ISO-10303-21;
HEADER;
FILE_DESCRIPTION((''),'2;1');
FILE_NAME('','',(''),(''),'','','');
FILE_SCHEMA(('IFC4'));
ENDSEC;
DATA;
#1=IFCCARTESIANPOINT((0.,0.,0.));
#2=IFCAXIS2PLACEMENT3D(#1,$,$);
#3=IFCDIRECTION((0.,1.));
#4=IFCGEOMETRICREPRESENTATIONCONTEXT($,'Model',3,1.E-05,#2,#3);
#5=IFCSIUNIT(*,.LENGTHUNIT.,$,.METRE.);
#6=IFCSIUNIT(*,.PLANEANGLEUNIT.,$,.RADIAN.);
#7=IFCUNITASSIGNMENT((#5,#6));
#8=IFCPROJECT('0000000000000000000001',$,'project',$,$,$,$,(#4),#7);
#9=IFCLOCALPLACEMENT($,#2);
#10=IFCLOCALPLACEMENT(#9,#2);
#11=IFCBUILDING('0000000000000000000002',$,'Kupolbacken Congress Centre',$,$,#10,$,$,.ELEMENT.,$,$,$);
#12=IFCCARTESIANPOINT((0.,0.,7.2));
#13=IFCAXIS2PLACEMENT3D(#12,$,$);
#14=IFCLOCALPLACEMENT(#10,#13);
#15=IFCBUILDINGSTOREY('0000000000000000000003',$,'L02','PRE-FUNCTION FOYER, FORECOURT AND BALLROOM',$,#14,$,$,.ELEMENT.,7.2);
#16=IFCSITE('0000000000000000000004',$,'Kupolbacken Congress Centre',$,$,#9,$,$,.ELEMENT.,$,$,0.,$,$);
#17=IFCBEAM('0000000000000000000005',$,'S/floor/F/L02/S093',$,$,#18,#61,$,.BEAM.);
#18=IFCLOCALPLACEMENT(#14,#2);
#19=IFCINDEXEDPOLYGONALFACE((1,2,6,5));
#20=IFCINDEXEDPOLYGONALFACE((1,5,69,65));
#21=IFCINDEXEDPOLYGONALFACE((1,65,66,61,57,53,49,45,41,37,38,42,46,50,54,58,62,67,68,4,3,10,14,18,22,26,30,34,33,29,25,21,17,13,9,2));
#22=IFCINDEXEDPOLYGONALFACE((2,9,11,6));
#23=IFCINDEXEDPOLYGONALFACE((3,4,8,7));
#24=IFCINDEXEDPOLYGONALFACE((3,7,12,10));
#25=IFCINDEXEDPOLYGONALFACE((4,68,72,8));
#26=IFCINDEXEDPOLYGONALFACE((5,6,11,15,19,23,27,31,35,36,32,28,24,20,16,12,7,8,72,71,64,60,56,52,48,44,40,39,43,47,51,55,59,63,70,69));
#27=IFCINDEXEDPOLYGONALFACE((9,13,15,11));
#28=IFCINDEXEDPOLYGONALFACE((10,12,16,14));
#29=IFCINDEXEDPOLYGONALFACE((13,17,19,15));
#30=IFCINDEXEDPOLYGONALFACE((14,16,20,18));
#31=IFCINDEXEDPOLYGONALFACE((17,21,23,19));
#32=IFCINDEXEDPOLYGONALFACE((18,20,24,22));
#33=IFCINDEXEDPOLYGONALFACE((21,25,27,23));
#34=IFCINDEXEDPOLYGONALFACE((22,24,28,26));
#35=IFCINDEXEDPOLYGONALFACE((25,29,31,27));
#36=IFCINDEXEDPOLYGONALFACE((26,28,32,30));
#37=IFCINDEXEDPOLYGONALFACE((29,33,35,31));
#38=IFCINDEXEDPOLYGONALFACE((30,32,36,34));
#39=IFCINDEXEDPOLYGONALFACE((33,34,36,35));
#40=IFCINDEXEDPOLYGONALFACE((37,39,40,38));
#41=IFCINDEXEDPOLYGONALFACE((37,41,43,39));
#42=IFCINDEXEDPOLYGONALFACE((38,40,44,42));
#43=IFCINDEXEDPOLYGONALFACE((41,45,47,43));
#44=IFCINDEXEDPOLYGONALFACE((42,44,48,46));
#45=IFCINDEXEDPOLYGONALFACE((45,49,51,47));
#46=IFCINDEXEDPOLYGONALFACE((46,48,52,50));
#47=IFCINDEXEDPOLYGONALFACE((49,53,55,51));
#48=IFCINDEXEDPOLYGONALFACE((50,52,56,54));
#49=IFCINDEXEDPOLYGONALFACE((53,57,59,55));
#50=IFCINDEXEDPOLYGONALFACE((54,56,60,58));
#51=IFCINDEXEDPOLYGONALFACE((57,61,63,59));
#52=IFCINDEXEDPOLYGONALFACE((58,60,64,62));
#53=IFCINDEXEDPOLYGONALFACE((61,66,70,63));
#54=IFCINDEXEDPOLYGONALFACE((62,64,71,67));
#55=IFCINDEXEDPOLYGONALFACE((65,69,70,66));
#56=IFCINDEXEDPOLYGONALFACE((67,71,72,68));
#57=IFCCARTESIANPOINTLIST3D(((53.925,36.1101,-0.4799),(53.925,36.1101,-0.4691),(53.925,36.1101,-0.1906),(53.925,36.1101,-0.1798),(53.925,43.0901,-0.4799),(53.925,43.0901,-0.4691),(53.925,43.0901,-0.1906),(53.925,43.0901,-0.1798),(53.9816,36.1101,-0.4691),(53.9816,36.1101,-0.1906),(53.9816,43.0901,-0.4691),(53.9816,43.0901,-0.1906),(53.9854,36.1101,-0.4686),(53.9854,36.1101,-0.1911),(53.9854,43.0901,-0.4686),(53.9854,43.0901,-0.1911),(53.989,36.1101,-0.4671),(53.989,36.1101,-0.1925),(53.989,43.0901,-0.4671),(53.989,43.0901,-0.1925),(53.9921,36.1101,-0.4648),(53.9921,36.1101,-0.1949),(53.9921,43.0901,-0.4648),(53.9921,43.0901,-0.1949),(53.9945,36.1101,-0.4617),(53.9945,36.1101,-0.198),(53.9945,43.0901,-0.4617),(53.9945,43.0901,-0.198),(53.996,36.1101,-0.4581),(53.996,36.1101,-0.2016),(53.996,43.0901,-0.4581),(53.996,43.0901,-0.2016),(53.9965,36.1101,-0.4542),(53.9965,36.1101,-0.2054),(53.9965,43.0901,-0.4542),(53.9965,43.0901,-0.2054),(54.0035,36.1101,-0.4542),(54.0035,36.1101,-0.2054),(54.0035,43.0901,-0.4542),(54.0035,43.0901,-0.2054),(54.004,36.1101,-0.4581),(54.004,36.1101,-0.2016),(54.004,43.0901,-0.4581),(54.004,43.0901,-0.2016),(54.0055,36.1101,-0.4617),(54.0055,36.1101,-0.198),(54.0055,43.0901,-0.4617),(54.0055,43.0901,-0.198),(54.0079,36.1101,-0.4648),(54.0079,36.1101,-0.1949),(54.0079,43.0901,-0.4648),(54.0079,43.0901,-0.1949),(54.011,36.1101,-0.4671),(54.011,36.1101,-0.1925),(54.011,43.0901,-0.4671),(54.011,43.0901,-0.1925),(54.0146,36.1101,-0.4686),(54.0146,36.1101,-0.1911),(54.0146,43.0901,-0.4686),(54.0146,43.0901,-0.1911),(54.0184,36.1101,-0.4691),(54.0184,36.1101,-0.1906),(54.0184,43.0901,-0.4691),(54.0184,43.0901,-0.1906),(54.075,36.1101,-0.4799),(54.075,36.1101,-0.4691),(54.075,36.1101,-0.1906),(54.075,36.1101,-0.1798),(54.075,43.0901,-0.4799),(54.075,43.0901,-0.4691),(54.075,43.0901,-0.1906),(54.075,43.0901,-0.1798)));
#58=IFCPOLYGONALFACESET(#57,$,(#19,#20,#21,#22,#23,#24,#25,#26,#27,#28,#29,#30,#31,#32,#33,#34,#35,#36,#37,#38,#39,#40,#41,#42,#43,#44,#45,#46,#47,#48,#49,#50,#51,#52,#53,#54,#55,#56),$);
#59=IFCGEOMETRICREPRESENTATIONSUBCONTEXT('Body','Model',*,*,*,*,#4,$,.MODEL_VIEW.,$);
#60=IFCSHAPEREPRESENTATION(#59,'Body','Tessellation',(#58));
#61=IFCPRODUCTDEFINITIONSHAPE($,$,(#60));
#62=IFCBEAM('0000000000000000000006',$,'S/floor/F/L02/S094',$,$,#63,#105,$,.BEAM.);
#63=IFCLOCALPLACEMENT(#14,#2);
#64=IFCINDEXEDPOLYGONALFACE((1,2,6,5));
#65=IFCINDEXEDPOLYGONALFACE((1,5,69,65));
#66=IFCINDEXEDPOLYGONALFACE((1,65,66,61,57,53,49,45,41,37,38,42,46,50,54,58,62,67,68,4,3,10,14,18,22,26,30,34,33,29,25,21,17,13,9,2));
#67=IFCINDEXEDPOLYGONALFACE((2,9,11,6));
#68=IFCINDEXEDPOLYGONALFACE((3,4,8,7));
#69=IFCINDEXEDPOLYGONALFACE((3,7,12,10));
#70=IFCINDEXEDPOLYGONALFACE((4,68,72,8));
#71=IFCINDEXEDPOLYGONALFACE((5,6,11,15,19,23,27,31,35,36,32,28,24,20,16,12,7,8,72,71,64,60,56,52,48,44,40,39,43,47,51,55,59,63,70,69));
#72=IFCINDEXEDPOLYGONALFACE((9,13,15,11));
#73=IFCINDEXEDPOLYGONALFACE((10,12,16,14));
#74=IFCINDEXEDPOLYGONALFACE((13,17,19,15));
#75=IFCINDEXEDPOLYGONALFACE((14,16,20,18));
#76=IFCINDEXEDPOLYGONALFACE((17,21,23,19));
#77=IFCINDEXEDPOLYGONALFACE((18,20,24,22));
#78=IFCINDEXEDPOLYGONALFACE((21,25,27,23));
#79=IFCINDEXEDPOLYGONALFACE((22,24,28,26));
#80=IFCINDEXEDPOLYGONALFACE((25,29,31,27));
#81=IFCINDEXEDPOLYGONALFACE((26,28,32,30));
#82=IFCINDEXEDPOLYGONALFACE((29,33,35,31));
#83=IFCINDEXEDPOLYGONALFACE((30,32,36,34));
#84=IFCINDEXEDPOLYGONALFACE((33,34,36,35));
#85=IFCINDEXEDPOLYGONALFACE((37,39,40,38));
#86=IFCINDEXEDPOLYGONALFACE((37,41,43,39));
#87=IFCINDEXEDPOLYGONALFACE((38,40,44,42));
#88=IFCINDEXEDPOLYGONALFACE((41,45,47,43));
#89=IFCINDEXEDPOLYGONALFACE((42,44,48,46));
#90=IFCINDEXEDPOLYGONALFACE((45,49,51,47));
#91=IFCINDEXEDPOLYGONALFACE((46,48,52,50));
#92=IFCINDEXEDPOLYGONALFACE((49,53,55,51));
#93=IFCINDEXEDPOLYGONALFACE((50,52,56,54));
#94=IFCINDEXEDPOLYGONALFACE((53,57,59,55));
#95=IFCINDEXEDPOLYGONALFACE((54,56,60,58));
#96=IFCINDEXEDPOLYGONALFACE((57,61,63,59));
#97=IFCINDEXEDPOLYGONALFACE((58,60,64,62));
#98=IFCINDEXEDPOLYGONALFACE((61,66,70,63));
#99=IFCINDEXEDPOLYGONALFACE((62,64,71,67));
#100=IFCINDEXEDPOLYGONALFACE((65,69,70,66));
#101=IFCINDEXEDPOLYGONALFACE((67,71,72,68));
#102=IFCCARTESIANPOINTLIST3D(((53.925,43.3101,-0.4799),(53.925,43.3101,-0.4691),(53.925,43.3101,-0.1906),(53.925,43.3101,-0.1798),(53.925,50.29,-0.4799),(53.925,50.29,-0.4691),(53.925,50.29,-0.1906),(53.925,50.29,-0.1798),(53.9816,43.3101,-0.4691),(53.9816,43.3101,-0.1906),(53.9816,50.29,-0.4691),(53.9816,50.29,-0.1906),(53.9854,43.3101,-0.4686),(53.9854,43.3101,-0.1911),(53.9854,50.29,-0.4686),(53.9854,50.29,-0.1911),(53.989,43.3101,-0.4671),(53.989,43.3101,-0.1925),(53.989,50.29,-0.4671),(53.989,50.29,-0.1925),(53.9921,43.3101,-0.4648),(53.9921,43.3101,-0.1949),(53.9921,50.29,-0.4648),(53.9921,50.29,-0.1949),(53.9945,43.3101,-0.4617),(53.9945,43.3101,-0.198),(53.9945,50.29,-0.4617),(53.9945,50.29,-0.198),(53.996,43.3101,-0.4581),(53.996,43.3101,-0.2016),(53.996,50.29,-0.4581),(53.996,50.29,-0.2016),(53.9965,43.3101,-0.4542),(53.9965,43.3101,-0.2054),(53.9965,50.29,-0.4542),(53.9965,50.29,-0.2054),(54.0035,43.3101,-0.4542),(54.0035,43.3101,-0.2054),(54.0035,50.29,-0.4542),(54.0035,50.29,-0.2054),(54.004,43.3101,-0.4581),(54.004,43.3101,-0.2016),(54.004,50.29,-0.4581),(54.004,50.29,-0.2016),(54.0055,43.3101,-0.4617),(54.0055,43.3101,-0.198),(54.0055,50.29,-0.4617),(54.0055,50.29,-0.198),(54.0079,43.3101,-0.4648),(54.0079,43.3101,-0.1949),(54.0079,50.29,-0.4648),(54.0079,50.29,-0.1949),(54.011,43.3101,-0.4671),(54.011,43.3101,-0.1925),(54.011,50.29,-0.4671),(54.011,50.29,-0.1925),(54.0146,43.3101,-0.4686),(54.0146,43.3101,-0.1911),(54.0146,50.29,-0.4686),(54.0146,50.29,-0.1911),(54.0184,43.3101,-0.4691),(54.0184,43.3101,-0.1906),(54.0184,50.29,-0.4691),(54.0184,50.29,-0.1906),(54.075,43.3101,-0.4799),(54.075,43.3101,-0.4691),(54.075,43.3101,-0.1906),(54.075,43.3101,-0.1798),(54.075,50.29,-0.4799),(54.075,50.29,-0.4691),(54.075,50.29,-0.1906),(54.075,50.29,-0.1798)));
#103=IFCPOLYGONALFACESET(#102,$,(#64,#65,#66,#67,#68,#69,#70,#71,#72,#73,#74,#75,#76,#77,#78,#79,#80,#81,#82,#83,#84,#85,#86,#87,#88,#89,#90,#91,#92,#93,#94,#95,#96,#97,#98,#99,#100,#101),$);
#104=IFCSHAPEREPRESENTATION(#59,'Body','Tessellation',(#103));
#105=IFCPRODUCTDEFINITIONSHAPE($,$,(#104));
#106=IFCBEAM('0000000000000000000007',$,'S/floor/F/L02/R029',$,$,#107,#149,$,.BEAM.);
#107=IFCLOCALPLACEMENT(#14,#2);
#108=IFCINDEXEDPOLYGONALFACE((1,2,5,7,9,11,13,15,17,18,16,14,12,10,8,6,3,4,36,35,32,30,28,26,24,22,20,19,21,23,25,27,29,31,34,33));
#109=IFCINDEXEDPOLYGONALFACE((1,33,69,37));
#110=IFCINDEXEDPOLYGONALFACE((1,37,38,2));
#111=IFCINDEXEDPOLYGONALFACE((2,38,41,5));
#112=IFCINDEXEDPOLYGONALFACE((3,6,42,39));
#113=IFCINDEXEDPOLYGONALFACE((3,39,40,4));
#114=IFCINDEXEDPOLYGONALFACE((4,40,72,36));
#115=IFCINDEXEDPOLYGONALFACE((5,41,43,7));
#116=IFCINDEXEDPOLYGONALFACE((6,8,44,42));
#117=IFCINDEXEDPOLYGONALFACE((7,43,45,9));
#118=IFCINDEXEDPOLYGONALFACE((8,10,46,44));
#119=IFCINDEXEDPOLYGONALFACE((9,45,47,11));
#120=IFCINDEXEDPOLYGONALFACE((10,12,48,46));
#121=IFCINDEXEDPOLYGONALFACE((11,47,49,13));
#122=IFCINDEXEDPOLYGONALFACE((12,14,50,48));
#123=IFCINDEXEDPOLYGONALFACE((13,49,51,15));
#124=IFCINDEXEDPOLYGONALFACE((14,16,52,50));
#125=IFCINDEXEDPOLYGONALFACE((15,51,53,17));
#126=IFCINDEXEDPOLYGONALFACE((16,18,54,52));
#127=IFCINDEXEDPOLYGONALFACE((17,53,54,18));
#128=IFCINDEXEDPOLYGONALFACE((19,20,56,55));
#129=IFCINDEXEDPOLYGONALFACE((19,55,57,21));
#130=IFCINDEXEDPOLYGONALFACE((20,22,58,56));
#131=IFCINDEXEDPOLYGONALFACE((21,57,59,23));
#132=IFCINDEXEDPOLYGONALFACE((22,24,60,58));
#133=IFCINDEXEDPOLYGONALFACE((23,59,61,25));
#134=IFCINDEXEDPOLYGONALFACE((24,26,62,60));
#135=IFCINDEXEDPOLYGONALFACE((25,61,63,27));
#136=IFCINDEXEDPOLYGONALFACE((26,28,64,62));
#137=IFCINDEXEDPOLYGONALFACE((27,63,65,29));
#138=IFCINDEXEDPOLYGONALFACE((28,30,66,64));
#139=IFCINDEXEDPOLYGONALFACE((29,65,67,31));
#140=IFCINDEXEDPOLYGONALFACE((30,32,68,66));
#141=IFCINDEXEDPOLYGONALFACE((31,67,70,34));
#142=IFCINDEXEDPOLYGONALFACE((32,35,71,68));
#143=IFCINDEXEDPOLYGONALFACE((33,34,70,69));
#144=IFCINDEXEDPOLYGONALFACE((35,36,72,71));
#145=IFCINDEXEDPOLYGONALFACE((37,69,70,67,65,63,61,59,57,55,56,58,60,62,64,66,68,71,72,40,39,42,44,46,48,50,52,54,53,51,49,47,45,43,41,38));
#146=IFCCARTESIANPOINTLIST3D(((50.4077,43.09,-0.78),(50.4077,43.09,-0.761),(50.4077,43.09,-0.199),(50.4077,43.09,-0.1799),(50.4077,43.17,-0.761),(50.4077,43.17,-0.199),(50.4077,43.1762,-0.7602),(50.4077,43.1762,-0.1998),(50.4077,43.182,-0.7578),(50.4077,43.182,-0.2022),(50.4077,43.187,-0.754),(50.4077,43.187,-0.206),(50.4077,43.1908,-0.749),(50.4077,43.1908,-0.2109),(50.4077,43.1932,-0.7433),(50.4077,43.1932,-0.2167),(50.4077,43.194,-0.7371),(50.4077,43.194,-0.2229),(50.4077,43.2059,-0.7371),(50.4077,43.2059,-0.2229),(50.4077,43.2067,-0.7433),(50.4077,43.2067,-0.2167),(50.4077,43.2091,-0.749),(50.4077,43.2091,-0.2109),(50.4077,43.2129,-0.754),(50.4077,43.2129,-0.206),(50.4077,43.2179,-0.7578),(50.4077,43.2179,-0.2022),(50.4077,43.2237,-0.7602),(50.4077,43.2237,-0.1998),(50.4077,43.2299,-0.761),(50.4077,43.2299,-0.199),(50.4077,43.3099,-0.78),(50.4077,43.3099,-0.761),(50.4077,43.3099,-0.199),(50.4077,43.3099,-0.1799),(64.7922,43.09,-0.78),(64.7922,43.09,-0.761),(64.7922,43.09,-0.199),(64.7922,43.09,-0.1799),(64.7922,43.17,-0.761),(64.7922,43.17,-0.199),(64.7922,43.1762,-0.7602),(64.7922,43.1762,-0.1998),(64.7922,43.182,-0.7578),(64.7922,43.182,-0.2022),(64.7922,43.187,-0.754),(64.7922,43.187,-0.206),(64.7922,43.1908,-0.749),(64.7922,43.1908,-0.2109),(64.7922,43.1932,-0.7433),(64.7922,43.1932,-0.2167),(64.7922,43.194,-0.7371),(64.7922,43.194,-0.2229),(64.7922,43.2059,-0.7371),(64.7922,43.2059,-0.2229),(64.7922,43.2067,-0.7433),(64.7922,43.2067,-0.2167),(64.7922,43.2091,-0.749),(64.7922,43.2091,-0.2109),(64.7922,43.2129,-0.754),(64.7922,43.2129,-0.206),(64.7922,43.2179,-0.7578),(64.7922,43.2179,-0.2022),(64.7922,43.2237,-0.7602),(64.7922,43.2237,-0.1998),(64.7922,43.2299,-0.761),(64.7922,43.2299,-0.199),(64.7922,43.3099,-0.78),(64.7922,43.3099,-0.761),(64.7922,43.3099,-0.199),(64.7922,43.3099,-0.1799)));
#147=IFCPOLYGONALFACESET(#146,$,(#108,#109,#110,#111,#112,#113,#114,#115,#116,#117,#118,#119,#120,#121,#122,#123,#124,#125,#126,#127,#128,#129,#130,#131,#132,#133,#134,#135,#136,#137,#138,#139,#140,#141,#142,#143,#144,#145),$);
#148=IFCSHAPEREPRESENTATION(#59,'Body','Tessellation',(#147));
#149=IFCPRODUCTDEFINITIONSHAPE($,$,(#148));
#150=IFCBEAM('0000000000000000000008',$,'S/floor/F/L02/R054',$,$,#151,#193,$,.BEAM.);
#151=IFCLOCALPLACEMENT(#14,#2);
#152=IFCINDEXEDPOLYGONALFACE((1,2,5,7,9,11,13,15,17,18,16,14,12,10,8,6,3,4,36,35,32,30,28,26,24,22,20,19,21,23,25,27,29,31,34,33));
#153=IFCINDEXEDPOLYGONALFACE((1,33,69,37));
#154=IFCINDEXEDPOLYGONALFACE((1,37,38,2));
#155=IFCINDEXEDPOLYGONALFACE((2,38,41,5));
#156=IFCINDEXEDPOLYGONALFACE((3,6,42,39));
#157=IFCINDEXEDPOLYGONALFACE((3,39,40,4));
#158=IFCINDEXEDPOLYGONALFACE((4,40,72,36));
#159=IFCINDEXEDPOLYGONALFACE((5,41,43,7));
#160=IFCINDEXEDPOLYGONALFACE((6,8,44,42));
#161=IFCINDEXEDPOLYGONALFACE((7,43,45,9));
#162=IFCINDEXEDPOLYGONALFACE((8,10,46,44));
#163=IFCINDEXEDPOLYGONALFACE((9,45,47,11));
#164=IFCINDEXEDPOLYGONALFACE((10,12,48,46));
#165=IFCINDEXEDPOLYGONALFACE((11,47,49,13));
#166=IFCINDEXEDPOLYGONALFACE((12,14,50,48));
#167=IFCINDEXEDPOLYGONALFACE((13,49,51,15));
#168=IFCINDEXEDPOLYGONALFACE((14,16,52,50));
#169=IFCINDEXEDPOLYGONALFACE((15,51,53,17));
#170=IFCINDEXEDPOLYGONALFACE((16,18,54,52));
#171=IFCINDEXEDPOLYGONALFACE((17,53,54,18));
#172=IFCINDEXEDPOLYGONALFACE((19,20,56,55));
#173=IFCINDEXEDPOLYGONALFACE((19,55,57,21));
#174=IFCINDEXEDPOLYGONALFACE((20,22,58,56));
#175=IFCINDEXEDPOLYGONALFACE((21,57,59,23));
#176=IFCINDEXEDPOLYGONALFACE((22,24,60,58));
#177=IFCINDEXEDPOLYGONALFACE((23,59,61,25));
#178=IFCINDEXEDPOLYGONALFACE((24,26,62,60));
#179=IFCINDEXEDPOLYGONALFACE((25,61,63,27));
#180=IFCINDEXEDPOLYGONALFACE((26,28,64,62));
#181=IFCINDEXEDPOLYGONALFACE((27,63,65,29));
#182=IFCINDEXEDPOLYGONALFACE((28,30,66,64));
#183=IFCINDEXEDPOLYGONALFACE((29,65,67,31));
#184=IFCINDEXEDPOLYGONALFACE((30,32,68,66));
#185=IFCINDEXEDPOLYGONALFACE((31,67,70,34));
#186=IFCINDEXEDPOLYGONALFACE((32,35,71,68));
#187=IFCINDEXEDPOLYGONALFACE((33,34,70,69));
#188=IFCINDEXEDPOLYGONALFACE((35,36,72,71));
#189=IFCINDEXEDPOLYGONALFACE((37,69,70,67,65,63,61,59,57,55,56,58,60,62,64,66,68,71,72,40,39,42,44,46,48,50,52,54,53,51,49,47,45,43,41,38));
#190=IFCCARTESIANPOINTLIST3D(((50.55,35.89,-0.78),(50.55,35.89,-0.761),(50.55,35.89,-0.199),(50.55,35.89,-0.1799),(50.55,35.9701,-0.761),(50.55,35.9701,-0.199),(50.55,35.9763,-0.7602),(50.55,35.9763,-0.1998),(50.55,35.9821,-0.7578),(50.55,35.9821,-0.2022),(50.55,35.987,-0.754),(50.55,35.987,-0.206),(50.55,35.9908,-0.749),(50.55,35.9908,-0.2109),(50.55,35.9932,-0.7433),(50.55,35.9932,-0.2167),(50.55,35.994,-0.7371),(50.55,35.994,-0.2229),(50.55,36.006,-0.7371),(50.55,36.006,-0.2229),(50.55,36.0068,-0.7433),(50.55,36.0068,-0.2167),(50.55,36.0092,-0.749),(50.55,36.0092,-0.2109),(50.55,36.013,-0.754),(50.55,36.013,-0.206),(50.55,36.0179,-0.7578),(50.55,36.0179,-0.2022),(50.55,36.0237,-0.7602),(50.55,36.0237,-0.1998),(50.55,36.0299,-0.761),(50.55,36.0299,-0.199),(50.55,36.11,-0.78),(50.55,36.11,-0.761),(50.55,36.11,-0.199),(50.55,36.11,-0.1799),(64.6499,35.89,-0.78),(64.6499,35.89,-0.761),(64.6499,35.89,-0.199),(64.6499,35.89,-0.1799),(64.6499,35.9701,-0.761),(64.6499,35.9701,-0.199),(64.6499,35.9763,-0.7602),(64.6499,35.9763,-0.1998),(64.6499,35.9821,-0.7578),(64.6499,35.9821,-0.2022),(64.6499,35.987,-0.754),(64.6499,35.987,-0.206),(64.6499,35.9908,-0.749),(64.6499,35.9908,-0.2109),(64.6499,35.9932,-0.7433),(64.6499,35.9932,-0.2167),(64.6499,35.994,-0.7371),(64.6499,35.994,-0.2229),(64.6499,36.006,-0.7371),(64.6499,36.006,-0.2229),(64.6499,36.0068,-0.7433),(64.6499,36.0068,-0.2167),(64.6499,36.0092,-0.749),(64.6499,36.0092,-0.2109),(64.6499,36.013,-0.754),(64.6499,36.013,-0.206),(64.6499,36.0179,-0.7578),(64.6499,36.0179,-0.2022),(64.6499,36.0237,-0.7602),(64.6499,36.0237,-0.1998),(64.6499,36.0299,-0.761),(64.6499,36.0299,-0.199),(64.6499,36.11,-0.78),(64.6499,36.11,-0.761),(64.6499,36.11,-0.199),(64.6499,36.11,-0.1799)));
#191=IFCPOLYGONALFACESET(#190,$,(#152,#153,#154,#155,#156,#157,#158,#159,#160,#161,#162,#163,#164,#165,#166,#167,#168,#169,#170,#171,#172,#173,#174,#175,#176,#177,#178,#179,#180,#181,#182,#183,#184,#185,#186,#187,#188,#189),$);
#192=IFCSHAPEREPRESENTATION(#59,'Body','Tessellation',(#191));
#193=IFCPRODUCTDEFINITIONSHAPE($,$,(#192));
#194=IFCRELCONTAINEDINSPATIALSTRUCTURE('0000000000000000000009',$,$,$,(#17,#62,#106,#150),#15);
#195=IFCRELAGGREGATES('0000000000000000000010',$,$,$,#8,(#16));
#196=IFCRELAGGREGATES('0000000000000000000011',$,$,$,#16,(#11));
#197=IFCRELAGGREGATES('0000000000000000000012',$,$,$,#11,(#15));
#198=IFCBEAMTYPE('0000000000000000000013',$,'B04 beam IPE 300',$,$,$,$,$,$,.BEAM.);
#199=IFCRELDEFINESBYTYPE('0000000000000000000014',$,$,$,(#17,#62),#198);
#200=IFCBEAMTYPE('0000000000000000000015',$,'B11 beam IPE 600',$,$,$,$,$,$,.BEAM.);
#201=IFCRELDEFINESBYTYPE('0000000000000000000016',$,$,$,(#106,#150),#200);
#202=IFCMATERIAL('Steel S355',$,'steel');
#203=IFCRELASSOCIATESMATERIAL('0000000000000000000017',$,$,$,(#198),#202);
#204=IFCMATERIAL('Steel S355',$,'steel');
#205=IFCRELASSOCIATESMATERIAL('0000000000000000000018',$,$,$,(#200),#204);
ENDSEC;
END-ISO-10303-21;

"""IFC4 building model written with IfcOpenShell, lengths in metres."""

from ifc_helpers import new_model, si_unit, direction, frame, origin, origin_2d, place, context, subcontext, project, spatial, i_section, extrude, material, material_profile, profile_set, type_object, element, save


model = new_model("IFC4")

# Units and contexts
model_context = context("Model", 3, precision=1e-05, world=origin(), true_north=direction((0.0, 1.0)))
body_context = subcontext(model_context, "Body", "Model", "MODEL_VIEW")
ifc_project = project(units=[si_unit("LENGTHUNIT", "METRE"), si_unit("PLANEANGLEUNIT", "RADIAN")], contexts=[model_context])

# Site, building, storey
site_placement = place(None, origin())
site = spatial("IfcSite", under=ifc_project, at=site_placement, Name="Kupolbacken Congress Centre", CompositionType="ELEMENT", RefElevation=0.0)
building_placement = place(site_placement, origin())
building = spatial("IfcBuilding", under=site, at=building_placement, Name="Kupolbacken Congress Centre", CompositionType="ELEMENT")
storey_placement = place(building_placement, frame((0.0, 0.0, 7.2)))
storey = spatial("IfcBuildingStorey", under=building, at=storey_placement, Name="L02", Description="PRE-FUNCTION FOYER, FORECOURT AND BALLROOM", CompositionType="ELEMENT", Elevation=7.2)

# Beams
ifc_material_1 = material(Name="Steel S355", Category="steel")
ifc_material_profile_1 = material_profile(ifc_material_1, i_section(OverallWidth=0.1499, OverallDepth=0.3, WebThickness=0.0071, FlangeThickness=0.0107, FilletRadius=0.0149, at=origin_2d()), Name="IPE 300")
ifc_profile_set_1 = profile_set([ifc_material_profile_1], Name="Steel S355")
beam_type_1 = type_object("IfcBeamType", Name="B04 beam IPE 300", PredefinedType="BEAM", material=ifc_profile_set_1)
for number, where, z_axis, x_axis, name in (
    (1, (54.0, 36.1101, -0.3298), (0.0, 1.0, 0.0), (-1.0, 0.0, 0.0), "S/floor/F/L02/S093"),
    (2, (54.0, 43.3101, -0.3298), (0.0, 1.0, 0.0), (-1.0, 0.0, 0.0), "S/floor/F/L02/S094"),
):
    element("IfcBeam", number, at=place(storey_placement, frame(where, z_axis=z_axis, x_axis=x_axis)), inside=storey, type_object=beam_type_1, Name=name, PredefinedType="BEAM", context=body_context, shape_type="SweptSolid", body=[
        extrude(i_section(OverallWidth=0.1499, OverallDepth=0.3, WebThickness=0.0071, FlangeThickness=0.0107, FilletRadius=0.0149, at=origin_2d()), origin(), (0.0, 0.0, 1.0), 6.98),
    ])
ifc_material_2 = material(Name="Steel S355", Category="steel")
ifc_material_profile_2 = material_profile(ifc_material_2, i_section(OverallWidth=0.22, OverallDepth=0.6001, WebThickness=0.012, FlangeThickness=0.019, FilletRadius=0.0239, at=origin_2d()), Name="IPE 600")
ifc_profile_set_2 = profile_set([ifc_material_profile_2], Name="Steel S355")
beam_type_2 = type_object("IfcBeamType", Name="B11 beam IPE 600", PredefinedType="BEAM", material=ifc_profile_set_2)
beam_1_placement = place(storey_placement, frame((50.4077, 43.2, -0.48), z_axis=(1.0, 0.0, 0.0), x_axis=(0.0, 1.0, 0.0)))
element("IfcBeam", 3, at=beam_1_placement, inside=storey, type_object=beam_type_2, Name="S/floor/F/L02/R029", PredefinedType="BEAM", context=body_context, shape_type="SweptSolid", body=[
    extrude(i_section(OverallWidth=0.22, OverallDepth=0.6001, WebThickness=0.012, FlangeThickness=0.019, FilletRadius=0.0239, at=origin_2d()), origin(), (0.0, 0.0, 1.0), 14.3845),
])
beam_2_placement = place(storey_placement, frame((50.55, 36.0, -0.48), z_axis=(1.0, 0.0, 0.0), x_axis=(0.0, 1.0, 0.0)))
element("IfcBeam", 4, at=beam_2_placement, inside=storey, type_object=beam_type_2, Name="S/floor/F/L02/R054", PredefinedType="BEAM", context=body_context, shape_type="SweptSolid", body=[
    extrude(i_section(OverallWidth=0.22, OverallDepth=0.6001, WebThickness=0.012, FlangeThickness=0.019, FilletRadius=0.0239, at=origin_2d()), origin(), (0.0, 0.0, 1.0), 14.0999),
])

save(model, "model.ifc")
